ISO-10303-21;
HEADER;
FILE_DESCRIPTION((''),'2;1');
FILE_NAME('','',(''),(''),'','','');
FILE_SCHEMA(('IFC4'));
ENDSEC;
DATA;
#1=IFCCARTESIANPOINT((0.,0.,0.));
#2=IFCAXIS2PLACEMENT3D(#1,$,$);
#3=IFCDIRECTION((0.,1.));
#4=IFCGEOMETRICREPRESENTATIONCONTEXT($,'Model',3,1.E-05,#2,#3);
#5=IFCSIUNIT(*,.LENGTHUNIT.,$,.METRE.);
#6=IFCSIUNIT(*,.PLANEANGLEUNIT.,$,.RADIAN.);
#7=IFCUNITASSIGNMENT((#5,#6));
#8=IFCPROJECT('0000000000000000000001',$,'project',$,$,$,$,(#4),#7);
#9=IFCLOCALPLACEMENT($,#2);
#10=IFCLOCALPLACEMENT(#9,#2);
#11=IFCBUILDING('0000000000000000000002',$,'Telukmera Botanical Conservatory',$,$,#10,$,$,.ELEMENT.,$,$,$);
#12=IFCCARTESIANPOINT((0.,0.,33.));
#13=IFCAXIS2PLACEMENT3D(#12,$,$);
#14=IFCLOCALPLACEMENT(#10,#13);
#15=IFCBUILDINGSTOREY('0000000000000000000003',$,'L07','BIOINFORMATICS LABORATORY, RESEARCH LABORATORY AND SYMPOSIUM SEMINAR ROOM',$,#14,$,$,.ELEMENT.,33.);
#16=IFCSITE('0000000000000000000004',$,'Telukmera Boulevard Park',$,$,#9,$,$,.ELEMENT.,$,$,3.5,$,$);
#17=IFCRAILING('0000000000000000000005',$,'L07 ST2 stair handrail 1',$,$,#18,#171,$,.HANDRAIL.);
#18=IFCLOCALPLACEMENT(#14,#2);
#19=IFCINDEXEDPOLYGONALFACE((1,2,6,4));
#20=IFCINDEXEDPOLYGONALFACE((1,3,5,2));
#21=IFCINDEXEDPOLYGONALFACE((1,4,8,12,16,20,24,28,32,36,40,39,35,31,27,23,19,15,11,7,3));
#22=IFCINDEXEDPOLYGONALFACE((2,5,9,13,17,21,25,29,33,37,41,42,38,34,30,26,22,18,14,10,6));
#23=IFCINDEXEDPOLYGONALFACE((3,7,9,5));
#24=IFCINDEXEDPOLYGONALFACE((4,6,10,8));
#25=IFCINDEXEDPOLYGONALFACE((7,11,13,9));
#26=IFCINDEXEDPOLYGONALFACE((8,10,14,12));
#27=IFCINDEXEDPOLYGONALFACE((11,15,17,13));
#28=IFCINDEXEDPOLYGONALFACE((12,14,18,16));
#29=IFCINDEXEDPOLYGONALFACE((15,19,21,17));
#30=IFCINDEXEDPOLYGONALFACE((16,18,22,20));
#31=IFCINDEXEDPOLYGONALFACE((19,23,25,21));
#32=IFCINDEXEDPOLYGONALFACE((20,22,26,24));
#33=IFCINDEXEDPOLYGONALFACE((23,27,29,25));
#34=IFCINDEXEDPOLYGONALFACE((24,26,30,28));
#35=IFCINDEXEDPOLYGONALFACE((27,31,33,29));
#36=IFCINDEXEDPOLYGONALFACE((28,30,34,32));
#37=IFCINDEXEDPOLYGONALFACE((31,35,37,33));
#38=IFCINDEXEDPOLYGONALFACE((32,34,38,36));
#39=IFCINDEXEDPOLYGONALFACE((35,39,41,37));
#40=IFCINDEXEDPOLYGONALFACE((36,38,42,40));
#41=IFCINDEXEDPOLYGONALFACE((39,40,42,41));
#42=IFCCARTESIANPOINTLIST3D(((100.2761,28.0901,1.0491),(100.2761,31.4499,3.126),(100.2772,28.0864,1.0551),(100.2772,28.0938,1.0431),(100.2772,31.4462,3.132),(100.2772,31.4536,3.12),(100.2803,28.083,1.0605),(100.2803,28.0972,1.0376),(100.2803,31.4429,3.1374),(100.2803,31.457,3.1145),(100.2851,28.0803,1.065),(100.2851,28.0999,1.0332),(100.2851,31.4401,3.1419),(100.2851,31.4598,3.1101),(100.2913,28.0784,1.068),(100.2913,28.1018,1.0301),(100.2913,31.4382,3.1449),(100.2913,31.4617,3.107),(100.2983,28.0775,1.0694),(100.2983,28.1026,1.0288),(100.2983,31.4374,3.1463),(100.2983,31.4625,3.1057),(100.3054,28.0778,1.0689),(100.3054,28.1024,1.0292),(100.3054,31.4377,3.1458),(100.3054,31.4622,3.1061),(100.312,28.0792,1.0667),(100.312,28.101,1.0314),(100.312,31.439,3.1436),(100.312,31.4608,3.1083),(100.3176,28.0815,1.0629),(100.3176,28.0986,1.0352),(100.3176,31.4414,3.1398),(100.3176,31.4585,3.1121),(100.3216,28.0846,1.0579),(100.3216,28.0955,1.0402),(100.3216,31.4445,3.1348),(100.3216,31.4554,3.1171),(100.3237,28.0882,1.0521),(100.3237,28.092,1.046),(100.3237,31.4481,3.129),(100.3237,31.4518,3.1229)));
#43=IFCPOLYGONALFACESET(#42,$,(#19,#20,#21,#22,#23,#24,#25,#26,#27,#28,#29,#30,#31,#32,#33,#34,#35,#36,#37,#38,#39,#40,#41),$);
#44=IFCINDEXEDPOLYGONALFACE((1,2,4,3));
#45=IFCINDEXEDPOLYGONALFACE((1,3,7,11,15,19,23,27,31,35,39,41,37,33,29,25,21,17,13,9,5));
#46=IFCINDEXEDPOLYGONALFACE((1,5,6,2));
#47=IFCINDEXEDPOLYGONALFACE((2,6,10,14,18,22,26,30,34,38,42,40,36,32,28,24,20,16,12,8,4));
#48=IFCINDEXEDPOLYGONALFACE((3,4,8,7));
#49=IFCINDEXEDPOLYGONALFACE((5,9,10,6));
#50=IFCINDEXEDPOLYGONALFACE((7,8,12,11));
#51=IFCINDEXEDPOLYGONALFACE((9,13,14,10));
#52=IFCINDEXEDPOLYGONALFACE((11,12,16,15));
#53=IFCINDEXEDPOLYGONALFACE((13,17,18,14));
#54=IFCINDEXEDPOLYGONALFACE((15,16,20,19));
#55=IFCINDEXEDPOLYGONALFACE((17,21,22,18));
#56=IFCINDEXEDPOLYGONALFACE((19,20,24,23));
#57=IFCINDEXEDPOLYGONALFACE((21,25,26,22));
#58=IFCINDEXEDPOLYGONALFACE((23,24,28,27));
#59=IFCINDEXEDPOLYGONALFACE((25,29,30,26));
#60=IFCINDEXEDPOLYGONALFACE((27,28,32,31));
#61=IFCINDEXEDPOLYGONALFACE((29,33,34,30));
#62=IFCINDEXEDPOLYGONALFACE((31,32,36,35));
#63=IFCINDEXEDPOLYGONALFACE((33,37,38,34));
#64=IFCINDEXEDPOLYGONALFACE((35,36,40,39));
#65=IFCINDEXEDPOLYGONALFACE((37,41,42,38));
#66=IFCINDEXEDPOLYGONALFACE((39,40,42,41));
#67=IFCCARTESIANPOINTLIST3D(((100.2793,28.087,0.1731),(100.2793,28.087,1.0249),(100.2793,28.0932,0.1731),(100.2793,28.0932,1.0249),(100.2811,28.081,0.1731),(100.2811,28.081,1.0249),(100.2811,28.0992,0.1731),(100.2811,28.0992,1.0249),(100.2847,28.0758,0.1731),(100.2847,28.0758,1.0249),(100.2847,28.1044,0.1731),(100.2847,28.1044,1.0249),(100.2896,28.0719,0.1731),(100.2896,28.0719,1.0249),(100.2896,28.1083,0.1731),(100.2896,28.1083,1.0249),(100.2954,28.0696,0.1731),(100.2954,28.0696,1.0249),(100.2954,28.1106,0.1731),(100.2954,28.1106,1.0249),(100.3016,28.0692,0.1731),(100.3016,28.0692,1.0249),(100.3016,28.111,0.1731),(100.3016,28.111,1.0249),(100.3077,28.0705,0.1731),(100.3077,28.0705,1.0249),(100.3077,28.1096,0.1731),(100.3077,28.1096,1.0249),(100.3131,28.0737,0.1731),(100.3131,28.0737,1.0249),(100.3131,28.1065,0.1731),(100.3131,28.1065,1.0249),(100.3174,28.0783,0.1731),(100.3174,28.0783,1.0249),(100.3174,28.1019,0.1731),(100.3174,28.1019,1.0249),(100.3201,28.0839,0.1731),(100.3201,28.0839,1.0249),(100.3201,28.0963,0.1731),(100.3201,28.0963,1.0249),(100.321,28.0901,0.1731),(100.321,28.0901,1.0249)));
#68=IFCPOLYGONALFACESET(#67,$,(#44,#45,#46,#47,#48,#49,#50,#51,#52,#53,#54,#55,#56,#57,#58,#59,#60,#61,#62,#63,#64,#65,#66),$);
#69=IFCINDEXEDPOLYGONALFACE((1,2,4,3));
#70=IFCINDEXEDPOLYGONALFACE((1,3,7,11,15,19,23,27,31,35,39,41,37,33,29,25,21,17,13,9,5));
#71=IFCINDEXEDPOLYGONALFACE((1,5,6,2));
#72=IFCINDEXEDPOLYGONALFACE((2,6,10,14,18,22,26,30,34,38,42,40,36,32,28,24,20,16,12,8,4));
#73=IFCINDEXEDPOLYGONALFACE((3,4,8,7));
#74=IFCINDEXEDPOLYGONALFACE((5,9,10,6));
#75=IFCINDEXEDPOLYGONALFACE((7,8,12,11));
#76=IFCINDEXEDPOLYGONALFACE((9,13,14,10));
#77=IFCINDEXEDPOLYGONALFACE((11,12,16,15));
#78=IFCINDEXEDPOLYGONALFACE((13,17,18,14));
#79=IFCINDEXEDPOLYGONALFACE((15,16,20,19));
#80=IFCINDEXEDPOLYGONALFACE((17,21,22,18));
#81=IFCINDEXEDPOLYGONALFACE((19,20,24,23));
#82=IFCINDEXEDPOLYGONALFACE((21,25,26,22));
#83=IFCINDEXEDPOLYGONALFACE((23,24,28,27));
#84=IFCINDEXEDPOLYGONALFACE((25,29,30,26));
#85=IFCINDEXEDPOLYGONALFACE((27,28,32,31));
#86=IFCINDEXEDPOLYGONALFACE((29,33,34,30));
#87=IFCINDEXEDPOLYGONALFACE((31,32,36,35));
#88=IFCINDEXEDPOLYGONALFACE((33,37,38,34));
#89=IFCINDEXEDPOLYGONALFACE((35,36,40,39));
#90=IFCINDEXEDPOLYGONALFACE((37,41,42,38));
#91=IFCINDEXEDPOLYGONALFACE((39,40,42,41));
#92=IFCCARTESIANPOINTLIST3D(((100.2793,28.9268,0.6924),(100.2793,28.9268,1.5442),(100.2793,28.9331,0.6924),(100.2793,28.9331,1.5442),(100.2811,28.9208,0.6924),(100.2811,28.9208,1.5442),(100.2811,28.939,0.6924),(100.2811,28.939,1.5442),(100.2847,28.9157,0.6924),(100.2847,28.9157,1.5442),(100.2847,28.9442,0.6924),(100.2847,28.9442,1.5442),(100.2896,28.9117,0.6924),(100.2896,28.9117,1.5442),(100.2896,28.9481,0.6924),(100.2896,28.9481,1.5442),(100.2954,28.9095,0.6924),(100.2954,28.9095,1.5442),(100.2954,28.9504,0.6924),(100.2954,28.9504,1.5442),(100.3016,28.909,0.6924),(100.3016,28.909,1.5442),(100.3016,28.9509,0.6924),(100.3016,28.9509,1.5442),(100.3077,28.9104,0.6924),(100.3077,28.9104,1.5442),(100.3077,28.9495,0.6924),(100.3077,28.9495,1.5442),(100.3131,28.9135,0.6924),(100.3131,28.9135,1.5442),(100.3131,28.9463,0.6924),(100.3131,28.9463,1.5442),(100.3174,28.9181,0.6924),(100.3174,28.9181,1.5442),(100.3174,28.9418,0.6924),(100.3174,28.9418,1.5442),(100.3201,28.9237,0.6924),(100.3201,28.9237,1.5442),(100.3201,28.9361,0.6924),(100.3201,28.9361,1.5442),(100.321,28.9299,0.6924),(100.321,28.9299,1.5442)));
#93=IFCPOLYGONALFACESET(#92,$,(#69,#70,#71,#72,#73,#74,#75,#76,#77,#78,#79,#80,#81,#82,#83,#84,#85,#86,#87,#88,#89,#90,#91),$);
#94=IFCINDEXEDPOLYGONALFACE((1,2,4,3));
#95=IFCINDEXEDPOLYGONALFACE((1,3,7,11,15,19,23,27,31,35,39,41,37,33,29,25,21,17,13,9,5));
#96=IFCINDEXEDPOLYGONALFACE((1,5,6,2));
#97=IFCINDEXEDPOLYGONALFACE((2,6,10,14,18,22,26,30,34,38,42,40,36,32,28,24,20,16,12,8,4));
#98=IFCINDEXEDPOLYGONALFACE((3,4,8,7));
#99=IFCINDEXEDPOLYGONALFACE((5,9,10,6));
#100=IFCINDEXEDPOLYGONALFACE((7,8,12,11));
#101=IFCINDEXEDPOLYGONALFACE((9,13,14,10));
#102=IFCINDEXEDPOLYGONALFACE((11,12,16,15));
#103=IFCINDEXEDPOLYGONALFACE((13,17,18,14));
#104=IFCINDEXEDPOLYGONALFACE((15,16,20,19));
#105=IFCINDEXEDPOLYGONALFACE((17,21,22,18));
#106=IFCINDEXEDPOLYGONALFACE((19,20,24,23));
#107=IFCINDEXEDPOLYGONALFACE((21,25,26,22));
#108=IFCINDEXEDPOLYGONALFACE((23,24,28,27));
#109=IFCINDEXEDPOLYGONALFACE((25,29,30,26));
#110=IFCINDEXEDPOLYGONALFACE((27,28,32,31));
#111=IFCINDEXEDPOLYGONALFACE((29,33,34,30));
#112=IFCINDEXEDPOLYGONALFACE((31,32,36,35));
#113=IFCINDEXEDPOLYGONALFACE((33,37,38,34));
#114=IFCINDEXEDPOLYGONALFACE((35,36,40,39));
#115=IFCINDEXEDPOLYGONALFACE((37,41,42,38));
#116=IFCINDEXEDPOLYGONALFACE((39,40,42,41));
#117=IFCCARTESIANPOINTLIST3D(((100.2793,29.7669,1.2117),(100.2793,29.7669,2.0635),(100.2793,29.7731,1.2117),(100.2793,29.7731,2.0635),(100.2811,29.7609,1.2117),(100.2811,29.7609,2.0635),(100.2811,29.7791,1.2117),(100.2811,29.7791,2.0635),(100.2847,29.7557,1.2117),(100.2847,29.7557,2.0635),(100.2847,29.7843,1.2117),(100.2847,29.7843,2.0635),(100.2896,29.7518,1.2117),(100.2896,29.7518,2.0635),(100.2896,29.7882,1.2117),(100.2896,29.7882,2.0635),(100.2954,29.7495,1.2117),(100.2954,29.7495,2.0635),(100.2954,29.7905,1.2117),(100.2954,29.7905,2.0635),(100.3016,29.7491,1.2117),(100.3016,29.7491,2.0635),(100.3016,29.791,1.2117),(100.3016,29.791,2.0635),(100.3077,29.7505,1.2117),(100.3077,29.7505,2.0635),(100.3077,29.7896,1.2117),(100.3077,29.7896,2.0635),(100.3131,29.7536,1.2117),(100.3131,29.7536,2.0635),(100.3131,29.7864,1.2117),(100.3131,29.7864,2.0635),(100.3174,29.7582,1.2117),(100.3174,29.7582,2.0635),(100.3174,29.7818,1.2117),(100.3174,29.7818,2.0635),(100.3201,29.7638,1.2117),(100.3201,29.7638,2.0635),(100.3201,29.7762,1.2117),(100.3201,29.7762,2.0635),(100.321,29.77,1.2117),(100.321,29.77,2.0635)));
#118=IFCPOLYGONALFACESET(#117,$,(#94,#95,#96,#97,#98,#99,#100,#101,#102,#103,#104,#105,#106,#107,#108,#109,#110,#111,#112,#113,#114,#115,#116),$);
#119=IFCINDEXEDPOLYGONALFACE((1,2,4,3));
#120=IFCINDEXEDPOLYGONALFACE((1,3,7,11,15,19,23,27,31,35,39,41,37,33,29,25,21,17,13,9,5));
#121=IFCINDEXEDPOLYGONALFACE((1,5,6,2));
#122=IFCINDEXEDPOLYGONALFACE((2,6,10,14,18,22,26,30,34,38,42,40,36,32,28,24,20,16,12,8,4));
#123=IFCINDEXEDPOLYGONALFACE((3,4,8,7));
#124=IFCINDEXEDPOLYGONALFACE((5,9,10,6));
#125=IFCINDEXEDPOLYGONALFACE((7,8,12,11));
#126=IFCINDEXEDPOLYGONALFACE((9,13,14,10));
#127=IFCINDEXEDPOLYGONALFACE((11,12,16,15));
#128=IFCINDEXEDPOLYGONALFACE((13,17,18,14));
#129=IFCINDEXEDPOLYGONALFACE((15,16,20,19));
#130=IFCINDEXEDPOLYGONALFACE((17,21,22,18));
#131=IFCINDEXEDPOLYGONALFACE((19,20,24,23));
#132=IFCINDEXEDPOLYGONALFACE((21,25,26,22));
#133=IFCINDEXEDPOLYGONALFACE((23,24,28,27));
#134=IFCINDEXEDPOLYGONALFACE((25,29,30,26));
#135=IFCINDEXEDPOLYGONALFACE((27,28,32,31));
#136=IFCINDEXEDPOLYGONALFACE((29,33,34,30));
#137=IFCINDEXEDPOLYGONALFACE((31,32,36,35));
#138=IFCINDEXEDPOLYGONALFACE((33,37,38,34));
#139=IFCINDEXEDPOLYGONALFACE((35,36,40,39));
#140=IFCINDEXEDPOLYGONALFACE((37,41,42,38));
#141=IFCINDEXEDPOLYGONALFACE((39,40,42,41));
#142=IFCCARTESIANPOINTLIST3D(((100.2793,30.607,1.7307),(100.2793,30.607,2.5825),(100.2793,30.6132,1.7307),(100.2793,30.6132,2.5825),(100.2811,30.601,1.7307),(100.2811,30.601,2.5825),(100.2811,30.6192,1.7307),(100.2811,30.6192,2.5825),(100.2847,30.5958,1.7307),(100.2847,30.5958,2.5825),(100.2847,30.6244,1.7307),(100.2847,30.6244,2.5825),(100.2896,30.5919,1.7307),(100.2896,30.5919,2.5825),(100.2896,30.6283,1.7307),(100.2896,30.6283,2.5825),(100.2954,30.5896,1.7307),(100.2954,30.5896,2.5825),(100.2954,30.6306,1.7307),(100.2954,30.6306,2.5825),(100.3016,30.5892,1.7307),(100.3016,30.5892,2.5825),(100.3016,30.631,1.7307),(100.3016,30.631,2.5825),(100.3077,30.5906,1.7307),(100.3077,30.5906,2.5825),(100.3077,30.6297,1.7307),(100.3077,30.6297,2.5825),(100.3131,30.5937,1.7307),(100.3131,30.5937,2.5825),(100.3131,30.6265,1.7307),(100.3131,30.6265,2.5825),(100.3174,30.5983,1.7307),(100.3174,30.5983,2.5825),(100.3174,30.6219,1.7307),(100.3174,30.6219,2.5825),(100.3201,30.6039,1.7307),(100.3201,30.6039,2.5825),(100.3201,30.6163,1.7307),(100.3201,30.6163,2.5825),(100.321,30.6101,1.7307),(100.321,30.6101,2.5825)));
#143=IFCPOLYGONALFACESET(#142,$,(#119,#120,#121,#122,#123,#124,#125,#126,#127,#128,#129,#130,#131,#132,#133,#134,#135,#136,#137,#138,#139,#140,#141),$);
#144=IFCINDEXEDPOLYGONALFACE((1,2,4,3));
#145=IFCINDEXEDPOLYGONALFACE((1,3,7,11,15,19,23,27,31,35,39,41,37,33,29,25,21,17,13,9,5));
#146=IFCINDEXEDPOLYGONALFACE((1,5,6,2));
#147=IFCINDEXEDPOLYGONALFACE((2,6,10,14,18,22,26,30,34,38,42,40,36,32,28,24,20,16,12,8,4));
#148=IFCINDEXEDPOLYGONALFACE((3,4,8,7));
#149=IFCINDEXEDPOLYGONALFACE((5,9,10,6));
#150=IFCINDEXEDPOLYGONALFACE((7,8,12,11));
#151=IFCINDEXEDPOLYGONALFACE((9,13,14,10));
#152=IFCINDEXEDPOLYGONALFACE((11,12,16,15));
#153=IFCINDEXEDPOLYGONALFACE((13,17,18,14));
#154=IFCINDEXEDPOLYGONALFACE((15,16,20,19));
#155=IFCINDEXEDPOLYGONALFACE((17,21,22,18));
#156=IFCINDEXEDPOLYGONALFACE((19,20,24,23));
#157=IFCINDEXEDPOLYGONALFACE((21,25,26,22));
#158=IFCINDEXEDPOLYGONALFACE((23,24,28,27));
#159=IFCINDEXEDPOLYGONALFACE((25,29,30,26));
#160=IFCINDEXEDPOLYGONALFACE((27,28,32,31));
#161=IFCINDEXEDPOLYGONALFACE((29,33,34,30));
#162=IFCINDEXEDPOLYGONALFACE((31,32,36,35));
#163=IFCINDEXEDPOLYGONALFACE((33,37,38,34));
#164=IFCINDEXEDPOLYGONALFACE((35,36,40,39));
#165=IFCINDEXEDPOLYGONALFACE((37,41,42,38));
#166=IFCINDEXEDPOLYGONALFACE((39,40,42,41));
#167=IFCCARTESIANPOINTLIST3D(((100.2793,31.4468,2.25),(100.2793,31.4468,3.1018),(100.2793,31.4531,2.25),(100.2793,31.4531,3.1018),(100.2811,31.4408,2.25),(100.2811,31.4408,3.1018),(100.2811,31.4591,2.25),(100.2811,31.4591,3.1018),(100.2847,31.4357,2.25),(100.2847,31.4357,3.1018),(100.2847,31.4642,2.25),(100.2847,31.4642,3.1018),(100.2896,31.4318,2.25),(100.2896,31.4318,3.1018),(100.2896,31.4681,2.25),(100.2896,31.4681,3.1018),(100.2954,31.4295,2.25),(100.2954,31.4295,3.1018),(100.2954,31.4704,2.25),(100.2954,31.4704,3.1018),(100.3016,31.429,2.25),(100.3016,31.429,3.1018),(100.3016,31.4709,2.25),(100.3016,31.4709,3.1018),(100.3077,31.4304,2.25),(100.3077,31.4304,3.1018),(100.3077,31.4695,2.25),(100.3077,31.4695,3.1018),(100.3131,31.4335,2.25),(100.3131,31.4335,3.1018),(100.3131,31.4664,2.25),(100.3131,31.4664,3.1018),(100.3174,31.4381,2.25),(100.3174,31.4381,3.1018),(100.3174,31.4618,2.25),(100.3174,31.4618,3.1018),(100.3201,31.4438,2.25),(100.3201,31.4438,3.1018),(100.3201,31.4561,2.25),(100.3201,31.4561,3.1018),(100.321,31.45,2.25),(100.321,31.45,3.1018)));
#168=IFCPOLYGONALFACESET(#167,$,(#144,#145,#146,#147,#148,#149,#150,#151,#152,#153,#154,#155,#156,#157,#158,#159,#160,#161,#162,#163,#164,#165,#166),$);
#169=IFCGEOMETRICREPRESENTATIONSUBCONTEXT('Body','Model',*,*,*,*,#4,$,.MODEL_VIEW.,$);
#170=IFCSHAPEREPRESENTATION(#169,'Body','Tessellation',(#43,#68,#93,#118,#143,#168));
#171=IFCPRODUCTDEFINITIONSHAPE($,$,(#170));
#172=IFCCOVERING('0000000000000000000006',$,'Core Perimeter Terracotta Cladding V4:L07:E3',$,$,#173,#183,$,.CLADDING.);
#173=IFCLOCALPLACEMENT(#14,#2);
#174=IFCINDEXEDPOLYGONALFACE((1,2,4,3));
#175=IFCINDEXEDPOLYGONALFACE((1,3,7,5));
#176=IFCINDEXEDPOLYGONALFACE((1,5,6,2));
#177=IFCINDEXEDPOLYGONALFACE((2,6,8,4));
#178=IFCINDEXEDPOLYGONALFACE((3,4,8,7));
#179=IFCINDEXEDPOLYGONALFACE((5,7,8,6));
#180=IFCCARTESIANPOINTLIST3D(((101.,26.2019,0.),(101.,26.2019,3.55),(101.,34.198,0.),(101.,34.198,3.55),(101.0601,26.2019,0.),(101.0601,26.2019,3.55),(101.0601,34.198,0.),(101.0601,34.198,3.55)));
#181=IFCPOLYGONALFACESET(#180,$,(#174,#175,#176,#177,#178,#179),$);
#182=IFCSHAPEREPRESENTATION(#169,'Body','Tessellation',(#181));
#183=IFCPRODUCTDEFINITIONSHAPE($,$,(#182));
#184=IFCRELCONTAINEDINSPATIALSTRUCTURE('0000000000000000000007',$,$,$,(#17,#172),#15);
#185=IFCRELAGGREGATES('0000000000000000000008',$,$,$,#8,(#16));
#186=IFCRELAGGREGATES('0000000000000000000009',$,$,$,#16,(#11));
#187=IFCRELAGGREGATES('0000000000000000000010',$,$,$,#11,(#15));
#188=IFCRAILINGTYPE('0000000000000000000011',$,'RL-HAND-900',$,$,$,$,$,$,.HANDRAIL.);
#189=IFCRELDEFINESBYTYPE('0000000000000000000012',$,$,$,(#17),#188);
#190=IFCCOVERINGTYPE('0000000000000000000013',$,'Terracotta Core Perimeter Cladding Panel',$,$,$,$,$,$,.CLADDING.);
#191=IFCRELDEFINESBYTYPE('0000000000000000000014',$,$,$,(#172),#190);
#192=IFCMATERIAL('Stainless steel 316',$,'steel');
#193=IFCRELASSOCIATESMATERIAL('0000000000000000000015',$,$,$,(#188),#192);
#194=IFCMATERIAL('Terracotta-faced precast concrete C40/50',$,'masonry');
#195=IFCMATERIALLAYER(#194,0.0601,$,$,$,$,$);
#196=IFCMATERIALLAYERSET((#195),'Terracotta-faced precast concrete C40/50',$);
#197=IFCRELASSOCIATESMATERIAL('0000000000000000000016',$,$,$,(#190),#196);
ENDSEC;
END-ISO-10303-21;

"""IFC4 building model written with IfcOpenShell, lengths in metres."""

from ifc_helpers import new_model, si_unit, direction, frame, origin, origin_2d, place, context, subcontext, project, spatial, rectangle, circle, extrude, material, layer, layer_set, type_object, element, save


model = new_model("IFC4")

# Units and contexts
model_context = context("Model", 3, precision=1e-05, world=origin(), true_north=direction((0.0, 1.0)))
body_context = subcontext(model_context, "Body", "Model", "MODEL_VIEW")
ifc_project = project(units=[si_unit("LENGTHUNIT", "METRE"), si_unit("PLANEANGLEUNIT", "RADIAN")], contexts=[model_context])

# Site, building, storey
site_placement = place(None, origin())
site = spatial("IfcSite", under=ifc_project, at=site_placement, Name="Telukmera Boulevard Park", CompositionType="ELEMENT", RefElevation=3.5)
building_placement = place(site_placement, origin())
building = spatial("IfcBuilding", under=site, at=building_placement, Name="Telukmera Botanical Conservatory", CompositionType="ELEMENT")
storey_placement = place(building_placement, frame((0.0, 0.0, 33.0)))
storey = spatial("IfcBuildingStorey", under=building, at=storey_placement, Name="L07", Description="BIOINFORMATICS LABORATORY, RESEARCH LABORATORY AND SYMPOSIUM SEMINAR ROOM", CompositionType="ELEMENT", Elevation=33.0)

# Shared definitions
ifc_material_1 = material(Name="Terracotta-faced precast concrete C40/50", Category="masonry")

# Railing
ifc_material_2 = material(Name="Stainless steel 316", Category="steel")
railing_type_1 = type_object("IfcRailingType", Name="RL-HAND-900", PredefinedType="HANDRAIL", material=ifc_material_2)
railing_1_placement = place(storey_placement, frame((100.3, 28.0901, 0.1731)))
element("IfcRailing", 1, at=railing_1_placement, inside=storey, type_object=railing_type_1, Name="L07 ST2 stair handrail 1", PredefinedType="HANDRAIL", context=body_context, shape_type="SweptSolid", body=[
    extrude(circle(Radius=0.0239, at=origin_2d()), frame((0.0, 0.0, 0.876), z_axis=(0.0, 0.850606, 0.525803), x_axis=(-1.0, 0.0, 0.0)), (0.0, 0.0, 1.0), 3.95),
    extrude(circle(Radius=0.021, at=origin_2d()), origin(), (0.0, 0.0, 1.0), 0.8518),
    extrude(circle(Radius=0.021, at=origin_2d()), frame((0.0, 0.8398, 0.5193)), (0.0, 0.0, 1.0), 0.8518),
    extrude(circle(Radius=0.021, at=origin_2d()), frame((0.0, 1.6799, 1.0386)), (0.0, 0.0, 1.0), 0.8518),
    extrude(circle(Radius=0.021, at=origin_2d()), frame((0.0, 2.52, 1.5576)), (0.0, 0.0, 1.0), 0.8518),
    extrude(circle(Radius=0.021, at=origin_2d()), frame((0.0, 3.3599, 2.0769)), (0.0, 0.0, 1.0), 0.8518),
])

# Covering
ifc_layer_1 = layer(ifc_material_1, 0.0601)
ifc_layer_set_1 = layer_set([ifc_layer_1], Name="Terracotta-faced precast concrete C40/50")
covering_type_1 = type_object("IfcCoveringType", Name="Terracotta Core Perimeter Cladding Panel", PredefinedType="CLADDING", material=ifc_layer_set_1)
covering_1_placement = place(storey_placement, frame((101.03, 30.2, 0.0), z_axis=(0.0, 0.0, 1.0), x_axis=(0.0, 1.0, 0.0)))
element("IfcCovering", 2, at=covering_1_placement, inside=storey, type_object=covering_type_1, Name="Core Perimeter Terracotta Cladding V4:L07:E3", PredefinedType="CLADDING", context=body_context, shape_type="SweptSolid", body=[
    extrude(rectangle(XDim=7.9961, YDim=0.0601, at=origin_2d()), origin(), (0.0, 0.0, 1.0), 3.55),
])

save(model, "model.ifc")
